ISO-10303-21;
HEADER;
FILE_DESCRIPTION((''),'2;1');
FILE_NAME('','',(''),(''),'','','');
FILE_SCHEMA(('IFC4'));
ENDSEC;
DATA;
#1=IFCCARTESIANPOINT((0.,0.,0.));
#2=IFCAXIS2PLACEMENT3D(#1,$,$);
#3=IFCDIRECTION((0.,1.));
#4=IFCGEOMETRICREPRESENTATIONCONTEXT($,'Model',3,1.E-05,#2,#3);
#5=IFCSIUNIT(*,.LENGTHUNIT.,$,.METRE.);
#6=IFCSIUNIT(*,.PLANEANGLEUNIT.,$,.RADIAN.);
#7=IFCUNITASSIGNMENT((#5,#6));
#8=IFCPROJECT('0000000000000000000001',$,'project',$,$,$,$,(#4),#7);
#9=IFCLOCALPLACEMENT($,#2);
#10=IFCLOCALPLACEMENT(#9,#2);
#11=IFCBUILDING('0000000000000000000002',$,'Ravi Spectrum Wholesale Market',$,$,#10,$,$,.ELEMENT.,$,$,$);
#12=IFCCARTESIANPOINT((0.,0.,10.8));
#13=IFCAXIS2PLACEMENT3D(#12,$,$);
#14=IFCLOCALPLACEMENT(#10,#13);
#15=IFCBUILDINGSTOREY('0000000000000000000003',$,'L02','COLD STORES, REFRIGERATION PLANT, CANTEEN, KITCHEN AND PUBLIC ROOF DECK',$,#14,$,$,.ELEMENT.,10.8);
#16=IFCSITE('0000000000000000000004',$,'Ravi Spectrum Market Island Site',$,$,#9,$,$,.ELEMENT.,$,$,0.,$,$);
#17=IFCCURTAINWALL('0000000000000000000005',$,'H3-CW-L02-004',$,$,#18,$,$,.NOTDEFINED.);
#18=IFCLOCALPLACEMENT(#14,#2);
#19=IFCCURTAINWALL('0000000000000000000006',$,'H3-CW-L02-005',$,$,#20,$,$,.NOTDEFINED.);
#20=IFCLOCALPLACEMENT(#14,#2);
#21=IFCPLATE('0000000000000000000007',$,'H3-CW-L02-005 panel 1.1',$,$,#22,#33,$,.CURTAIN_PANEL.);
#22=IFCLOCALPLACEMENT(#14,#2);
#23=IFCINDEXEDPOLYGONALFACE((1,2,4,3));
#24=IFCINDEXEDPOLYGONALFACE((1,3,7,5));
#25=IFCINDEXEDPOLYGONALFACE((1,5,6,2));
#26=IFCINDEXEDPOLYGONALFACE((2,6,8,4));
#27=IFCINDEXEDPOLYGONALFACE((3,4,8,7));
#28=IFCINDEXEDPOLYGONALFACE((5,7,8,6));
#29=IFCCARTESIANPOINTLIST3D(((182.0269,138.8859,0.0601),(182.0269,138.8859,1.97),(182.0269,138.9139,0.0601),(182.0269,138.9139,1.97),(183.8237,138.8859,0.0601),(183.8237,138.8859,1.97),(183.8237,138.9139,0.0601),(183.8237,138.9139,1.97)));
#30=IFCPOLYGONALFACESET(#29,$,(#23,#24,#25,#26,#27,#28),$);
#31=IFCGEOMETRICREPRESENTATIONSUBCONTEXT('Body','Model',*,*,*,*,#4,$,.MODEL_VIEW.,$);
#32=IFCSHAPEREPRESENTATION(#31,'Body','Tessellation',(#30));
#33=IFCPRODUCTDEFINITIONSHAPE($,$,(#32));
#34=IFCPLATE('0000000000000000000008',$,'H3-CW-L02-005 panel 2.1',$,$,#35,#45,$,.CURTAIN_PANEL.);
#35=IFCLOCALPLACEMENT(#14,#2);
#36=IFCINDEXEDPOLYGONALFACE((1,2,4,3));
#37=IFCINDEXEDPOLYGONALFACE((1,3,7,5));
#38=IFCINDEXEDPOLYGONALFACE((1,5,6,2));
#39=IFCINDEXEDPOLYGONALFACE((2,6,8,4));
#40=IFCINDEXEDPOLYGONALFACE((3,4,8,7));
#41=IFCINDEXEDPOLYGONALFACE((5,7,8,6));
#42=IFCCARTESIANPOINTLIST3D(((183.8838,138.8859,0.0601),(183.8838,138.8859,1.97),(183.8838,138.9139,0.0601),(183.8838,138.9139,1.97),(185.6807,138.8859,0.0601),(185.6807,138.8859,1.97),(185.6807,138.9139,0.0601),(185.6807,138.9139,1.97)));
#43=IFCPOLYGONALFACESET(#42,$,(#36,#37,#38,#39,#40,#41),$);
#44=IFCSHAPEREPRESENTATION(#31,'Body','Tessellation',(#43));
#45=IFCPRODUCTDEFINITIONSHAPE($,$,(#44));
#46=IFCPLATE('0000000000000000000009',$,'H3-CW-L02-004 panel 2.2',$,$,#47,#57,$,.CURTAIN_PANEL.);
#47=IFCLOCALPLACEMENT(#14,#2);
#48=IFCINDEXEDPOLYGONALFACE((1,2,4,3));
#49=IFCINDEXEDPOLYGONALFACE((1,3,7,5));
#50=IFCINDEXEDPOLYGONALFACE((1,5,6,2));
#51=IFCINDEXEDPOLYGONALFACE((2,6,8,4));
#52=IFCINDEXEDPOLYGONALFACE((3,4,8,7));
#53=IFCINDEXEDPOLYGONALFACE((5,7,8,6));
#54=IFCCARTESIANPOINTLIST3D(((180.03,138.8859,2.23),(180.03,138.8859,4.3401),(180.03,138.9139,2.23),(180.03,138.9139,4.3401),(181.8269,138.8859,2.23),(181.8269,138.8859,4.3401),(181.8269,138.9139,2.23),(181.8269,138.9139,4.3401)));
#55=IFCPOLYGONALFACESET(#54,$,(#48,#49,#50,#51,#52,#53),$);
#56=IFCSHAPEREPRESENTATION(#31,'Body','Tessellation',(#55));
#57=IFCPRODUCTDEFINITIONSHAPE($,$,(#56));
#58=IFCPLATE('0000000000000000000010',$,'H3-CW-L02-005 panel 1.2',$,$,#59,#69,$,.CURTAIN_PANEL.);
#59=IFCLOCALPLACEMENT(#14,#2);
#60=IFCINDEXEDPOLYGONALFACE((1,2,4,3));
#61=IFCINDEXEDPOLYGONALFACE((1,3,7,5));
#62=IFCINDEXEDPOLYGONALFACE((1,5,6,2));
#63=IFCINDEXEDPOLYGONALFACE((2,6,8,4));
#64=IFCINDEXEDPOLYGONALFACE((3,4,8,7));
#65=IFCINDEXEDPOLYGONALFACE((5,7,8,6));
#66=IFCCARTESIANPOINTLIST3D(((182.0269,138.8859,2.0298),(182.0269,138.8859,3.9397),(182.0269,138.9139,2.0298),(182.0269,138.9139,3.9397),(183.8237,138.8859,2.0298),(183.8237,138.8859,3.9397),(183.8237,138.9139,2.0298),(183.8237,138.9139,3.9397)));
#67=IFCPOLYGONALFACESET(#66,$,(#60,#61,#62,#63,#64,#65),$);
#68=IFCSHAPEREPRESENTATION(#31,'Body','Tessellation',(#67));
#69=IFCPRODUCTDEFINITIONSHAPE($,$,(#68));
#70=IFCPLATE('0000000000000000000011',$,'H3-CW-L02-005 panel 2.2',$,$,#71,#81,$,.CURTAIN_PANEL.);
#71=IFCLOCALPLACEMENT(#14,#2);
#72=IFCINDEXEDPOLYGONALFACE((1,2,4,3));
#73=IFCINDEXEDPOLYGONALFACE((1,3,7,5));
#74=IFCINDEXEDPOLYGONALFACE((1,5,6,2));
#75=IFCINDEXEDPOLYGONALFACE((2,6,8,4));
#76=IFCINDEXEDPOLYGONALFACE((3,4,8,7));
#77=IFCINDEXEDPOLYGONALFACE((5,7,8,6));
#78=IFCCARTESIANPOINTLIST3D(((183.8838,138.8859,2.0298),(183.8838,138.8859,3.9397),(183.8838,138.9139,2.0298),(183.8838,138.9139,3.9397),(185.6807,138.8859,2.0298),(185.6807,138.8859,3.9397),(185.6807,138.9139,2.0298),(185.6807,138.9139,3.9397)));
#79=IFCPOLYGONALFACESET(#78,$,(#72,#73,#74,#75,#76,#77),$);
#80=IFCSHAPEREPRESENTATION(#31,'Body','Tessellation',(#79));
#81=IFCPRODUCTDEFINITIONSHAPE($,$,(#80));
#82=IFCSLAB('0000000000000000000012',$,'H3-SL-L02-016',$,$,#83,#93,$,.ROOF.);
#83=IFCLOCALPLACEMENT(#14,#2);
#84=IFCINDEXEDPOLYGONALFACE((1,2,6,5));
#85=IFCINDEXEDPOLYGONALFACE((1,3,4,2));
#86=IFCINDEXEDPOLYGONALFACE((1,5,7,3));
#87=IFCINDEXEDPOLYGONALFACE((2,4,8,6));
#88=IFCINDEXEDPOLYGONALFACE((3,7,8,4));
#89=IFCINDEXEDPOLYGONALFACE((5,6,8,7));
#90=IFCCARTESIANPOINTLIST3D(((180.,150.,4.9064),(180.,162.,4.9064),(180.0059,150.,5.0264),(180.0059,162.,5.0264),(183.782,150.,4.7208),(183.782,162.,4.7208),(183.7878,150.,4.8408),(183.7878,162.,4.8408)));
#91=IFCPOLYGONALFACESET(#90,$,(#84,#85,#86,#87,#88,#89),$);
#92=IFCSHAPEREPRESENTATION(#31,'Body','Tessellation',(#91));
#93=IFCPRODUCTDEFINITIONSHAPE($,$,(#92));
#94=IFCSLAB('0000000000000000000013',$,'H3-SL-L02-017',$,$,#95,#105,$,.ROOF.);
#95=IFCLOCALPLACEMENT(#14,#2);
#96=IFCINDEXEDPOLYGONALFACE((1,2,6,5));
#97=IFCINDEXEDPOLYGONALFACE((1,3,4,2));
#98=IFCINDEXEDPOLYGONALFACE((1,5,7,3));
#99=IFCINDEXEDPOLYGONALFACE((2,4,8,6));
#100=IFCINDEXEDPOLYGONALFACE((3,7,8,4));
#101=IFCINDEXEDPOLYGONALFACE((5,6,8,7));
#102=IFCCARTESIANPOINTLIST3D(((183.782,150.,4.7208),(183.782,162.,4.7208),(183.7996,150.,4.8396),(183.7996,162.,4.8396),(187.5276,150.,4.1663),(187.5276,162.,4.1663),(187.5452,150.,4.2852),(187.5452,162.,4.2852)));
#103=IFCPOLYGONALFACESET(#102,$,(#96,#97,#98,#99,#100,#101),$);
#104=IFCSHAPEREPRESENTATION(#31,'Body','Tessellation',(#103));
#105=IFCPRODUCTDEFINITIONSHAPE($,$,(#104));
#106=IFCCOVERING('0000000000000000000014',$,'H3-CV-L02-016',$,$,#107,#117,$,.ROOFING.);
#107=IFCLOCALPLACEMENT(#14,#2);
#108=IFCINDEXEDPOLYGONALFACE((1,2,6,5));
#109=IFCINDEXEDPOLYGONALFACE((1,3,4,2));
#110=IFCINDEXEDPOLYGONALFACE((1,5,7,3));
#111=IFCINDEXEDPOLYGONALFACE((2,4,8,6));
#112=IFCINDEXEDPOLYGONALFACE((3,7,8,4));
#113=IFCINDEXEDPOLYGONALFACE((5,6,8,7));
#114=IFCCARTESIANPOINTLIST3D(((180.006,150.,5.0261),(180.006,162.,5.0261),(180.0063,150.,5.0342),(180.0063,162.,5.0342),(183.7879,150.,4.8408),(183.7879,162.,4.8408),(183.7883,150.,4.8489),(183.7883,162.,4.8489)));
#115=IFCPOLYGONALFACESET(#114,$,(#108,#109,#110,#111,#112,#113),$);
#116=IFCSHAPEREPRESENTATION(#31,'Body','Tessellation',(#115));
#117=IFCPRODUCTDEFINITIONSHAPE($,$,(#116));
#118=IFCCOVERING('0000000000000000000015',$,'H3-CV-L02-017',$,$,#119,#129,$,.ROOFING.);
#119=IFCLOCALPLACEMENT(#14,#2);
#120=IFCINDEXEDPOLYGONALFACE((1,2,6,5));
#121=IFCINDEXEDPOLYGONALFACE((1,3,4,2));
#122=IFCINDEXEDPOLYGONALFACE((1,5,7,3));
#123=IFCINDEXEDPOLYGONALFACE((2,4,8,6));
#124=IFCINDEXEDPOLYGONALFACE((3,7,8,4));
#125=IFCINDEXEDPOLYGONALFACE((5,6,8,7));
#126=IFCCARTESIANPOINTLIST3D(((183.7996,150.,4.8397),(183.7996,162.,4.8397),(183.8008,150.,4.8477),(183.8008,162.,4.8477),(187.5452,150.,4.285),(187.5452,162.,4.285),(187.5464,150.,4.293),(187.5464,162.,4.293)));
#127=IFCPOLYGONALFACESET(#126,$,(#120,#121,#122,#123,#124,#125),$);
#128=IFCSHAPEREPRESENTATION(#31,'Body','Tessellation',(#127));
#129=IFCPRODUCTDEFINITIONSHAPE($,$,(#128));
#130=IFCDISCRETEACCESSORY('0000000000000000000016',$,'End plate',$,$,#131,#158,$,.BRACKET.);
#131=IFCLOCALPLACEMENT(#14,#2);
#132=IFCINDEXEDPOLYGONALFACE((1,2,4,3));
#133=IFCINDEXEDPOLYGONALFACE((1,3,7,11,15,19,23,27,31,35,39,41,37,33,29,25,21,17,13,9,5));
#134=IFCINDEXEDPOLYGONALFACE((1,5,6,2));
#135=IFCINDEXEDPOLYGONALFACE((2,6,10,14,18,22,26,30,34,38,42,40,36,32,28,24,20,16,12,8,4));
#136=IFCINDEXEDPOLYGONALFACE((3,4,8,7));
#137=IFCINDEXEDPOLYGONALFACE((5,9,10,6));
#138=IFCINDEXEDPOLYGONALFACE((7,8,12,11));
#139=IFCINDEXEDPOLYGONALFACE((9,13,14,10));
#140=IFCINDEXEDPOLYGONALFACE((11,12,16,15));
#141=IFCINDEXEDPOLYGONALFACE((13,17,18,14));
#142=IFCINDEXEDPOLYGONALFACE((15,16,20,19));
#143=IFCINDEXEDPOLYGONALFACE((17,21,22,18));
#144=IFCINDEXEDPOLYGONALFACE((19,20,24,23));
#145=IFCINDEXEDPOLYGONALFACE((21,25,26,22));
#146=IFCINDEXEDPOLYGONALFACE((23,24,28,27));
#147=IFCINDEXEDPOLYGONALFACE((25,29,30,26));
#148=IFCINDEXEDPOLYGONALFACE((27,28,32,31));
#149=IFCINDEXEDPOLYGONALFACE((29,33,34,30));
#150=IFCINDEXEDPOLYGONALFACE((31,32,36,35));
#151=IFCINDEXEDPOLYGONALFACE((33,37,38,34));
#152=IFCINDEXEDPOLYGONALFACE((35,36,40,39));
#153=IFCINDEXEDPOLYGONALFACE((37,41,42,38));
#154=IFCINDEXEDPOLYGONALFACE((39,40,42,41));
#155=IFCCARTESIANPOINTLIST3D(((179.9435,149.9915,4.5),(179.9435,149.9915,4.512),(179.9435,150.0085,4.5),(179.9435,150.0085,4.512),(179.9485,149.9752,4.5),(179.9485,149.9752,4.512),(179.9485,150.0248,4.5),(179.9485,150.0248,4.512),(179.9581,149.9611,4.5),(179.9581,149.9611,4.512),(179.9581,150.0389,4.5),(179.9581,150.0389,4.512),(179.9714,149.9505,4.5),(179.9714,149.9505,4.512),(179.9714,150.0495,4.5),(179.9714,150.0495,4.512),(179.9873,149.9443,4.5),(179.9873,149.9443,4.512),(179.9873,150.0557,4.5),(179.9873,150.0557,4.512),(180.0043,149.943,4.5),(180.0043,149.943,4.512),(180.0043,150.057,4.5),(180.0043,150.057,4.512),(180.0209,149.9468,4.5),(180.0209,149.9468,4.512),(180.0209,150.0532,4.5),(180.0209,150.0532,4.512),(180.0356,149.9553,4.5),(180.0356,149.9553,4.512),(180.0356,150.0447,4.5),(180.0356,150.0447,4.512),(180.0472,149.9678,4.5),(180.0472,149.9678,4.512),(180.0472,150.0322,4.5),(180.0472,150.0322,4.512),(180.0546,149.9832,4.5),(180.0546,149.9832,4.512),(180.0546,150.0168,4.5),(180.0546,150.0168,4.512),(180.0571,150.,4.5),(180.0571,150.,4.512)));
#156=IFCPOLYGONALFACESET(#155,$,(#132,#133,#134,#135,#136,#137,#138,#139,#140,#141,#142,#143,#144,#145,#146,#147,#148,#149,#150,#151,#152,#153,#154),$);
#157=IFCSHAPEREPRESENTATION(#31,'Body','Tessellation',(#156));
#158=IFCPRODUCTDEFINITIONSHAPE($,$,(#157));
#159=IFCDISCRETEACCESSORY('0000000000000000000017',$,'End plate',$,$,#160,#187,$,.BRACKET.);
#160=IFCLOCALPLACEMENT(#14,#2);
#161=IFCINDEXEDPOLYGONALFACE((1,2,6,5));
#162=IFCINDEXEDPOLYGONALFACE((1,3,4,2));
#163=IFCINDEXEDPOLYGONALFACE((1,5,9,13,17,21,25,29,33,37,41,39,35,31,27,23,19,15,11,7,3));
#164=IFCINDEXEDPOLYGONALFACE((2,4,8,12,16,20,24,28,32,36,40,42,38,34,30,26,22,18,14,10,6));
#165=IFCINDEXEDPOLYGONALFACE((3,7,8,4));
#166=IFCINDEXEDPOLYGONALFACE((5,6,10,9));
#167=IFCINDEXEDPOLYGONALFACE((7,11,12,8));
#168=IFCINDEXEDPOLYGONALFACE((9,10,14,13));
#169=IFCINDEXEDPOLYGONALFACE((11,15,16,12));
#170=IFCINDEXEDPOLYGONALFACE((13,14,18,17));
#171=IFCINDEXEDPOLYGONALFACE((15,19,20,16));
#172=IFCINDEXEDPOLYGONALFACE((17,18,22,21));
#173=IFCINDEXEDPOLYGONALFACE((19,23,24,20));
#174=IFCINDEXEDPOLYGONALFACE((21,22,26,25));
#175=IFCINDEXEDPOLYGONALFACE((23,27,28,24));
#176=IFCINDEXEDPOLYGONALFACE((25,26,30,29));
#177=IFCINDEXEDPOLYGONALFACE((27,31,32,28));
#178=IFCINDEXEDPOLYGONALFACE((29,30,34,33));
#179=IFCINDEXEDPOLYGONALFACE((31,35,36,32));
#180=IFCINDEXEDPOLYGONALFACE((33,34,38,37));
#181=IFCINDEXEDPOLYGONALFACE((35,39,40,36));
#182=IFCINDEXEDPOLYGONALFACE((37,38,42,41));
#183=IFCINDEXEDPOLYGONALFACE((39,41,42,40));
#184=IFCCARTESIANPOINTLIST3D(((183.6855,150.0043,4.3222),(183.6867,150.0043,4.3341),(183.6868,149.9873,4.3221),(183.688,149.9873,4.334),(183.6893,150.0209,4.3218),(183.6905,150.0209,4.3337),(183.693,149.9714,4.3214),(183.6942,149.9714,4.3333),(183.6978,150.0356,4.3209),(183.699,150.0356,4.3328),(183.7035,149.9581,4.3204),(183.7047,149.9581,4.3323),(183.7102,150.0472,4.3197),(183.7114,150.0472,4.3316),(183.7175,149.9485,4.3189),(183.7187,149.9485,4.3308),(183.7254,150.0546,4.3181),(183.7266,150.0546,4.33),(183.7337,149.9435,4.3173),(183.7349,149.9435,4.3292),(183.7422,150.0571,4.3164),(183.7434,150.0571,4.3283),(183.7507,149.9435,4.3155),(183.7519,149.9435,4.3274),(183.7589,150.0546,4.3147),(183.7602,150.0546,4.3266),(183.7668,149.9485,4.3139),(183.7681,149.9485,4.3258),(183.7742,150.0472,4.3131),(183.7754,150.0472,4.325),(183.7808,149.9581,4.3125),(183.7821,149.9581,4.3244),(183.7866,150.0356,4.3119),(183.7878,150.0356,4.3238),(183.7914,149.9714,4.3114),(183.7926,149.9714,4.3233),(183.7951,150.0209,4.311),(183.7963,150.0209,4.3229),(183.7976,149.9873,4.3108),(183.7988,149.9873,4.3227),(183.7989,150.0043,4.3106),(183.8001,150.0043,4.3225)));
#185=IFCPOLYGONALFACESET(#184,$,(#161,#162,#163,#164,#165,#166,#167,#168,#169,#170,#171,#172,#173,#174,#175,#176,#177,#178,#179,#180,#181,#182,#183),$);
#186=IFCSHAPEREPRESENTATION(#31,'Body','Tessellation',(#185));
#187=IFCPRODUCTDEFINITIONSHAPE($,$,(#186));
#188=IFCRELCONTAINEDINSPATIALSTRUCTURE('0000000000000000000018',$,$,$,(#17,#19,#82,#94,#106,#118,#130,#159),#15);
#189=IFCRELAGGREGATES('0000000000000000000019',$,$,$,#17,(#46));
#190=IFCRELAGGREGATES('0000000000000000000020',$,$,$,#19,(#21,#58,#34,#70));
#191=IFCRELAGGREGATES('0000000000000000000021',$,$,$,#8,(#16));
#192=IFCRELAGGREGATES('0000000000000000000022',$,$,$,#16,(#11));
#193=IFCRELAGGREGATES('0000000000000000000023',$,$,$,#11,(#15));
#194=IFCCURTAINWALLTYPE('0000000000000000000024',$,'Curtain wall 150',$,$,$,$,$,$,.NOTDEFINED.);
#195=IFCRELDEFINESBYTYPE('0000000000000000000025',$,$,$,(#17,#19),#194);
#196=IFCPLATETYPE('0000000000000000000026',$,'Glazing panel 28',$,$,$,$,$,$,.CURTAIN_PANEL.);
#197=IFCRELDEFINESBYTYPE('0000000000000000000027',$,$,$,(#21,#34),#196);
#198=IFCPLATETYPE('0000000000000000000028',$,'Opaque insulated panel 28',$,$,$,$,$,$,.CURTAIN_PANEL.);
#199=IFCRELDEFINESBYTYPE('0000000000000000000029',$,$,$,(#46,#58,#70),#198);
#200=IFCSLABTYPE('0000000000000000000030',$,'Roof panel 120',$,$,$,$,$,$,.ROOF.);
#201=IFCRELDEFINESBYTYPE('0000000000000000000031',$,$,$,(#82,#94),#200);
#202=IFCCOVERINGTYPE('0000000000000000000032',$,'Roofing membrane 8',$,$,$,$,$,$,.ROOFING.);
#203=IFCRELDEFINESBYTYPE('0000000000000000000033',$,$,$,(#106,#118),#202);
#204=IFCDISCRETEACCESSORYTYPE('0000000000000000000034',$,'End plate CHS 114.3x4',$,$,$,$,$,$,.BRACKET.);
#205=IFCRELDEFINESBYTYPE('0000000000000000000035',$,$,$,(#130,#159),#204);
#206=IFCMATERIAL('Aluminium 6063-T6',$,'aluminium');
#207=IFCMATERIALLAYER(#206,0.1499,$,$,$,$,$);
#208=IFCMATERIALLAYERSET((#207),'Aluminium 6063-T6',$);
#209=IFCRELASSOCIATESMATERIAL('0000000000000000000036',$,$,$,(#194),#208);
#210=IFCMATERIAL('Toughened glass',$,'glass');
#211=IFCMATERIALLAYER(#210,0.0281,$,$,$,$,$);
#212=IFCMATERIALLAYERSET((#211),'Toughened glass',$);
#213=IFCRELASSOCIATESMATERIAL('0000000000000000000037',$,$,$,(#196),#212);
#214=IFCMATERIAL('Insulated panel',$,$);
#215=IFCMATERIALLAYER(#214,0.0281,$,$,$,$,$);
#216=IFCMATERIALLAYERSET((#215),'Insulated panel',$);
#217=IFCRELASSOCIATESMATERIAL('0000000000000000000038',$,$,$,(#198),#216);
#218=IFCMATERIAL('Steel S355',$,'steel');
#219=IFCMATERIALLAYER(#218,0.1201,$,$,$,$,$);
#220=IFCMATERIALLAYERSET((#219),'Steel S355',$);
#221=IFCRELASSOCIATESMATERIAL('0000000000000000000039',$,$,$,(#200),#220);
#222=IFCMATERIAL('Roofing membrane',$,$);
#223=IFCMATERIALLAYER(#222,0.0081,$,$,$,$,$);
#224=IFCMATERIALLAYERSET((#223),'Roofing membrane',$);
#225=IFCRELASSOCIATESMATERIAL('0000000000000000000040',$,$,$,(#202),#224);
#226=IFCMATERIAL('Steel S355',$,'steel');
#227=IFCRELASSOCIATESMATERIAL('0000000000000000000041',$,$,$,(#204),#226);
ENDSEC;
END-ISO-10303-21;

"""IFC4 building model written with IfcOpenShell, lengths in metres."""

from ifc_helpers import new_model, si_unit, direction, frame, origin, origin_2d, place, context, subcontext, project, spatial, polyline, rectangle, circle, outline, extrude, material, layer, layer_set, material_profile, profile_set, type_object, element, aggregate, save


model = new_model("IFC4")

# Units and contexts
model_context = context("Model", 3, precision=1e-05, world=origin(), true_north=direction((0.0, 1.0)))
body_context = subcontext(model_context, "Body", "Model", "MODEL_VIEW")
ifc_project = project(units=[si_unit("LENGTHUNIT", "METRE"), si_unit("PLANEANGLEUNIT", "RADIAN")], contexts=[model_context])

# Site, building, storey
site_placement = place(None, origin())
site = spatial("IfcSite", under=ifc_project, at=site_placement, Name="Ravi Spectrum Market Island Site", CompositionType="ELEMENT", RefElevation=0.0)
building_placement = place(site_placement, origin())
building = spatial("IfcBuilding", under=site, at=building_placement, Name="Ravi Spectrum Wholesale Market", CompositionType="ELEMENT")
storey_placement = place(building_placement, frame((0.0, 0.0, 10.8)))
storey = spatial("IfcBuildingStorey", under=building, at=storey_placement, Name="L02", Description="COLD STORES, REFRIGERATION PLANT, CANTEEN, KITCHEN AND PUBLIC ROOF DECK", CompositionType="ELEMENT", Elevation=10.8)

# Curtain wall
ifc_material_1 = material(Name="Aluminium 6063-T6", Category="aluminium")
ifc_layer_1 = layer(ifc_material_1, 0.1499)
ifc_layer_set_1 = layer_set([ifc_layer_1], Name="Aluminium 6063-T6")
curtain_wall_type = type_object("IfcCurtainWallType", Name="Curtain wall 150", PredefinedType="NOTDEFINED", material=ifc_layer_set_1)
curtain_wall_1_placement = place(storey_placement, origin())
curtain_wall_1 = element("IfcCurtainWall", 1, at=curtain_wall_1_placement, inside=storey, type_object=curtain_wall_type, Name="H3-CW-L02-004", PredefinedType="NOTDEFINED")

# Curtain wall
curtain_wall_2_placement = place(storey_placement, origin())
curtain_wall_2 = element("IfcCurtainWall", 2, at=curtain_wall_2_placement, inside=storey, type_object=curtain_wall_type, Name="H3-CW-L02-005", PredefinedType="NOTDEFINED")

# Plates
ifc_material_2 = material(Name="Toughened glass", Category="glass")
ifc_layer_2 = layer(ifc_material_2, 0.0281)
ifc_layer_set_2 = layer_set([ifc_layer_2], Name="Toughened glass")
plate_type_1 = type_object("IfcPlateType", Name="Glazing panel 28", PredefinedType="CURTAIN_PANEL", material=ifc_layer_set_2)
plate_1_placement = place(storey_placement, frame((182.9253, 138.8999, 0.0601), z_axis=(0.0, 0.0, 1.0), x_axis=(1.0, 0.0, 0.0)))
plate_1 = element("IfcPlate", 3, at=plate_1_placement, type_object=plate_type_1, Name="H3-CW-L02-005 panel 1.1", PredefinedType="CURTAIN_PANEL", context=body_context, shape_type="SweptSolid", body=[
    extrude(rectangle(XDim=1.7969, YDim=0.0281, at=origin_2d()), origin(), (0.0, 0.0, 1.0), 1.9099),
])
plate_2_placement = place(storey_placement, frame((184.7822, 138.8999, 0.0601), z_axis=(0.0, 0.0, 1.0), x_axis=(1.0, 0.0, 0.0)))
plate_2 = element("IfcPlate", 4, at=plate_2_placement, type_object=plate_type_1, Name="H3-CW-L02-005 panel 2.1", PredefinedType="CURTAIN_PANEL", context=body_context, shape_type="SweptSolid", body=[
    extrude(rectangle(XDim=1.7969, YDim=0.0281, at=origin_2d()), origin(), (0.0, 0.0, 1.0), 1.9099),
])
ifc_material_3 = material(Name="Insulated panel")
ifc_layer_3 = layer(ifc_material_3, 0.0281)
ifc_layer_set_3 = layer_set([ifc_layer_3], Name="Insulated panel")
plate_type_2 = type_object("IfcPlateType", Name="Opaque insulated panel 28", PredefinedType="CURTAIN_PANEL", material=ifc_layer_set_3)
plate_3_placement = place(storey_placement, frame((180.9285, 138.8999, 2.23), z_axis=(0.0, 0.0, 1.0), x_axis=(1.0, 0.0, 0.0)))
plate_3 = element("IfcPlate", 5, at=plate_3_placement, type_object=plate_type_2, Name="H3-CW-L02-004 panel 2.2", PredefinedType="CURTAIN_PANEL", context=body_context, shape_type="SweptSolid", body=[
    extrude(rectangle(XDim=1.7969, YDim=0.0281, at=origin_2d()), origin(), (0.0, 0.0, 1.0), 2.1101),
])
aggregate(curtain_wall_1, [plate_3])
plate_4_placement = place(storey_placement, frame((182.9253, 138.8999, 2.0298), z_axis=(0.0, 0.0, 1.0), x_axis=(1.0, 0.0, 0.0)))
plate_4 = element("IfcPlate", 6, at=plate_4_placement, type_object=plate_type_2, Name="H3-CW-L02-005 panel 1.2", PredefinedType="CURTAIN_PANEL", context=body_context, shape_type="SweptSolid", body=[
    extrude(rectangle(XDim=1.7969, YDim=0.0281, at=origin_2d()), origin(), (0.0, 0.0, 1.0), 1.9099),
])
plate_5_placement = place(storey_placement, frame((184.7822, 138.8999, 2.0298), z_axis=(0.0, 0.0, 1.0), x_axis=(1.0, 0.0, 0.0)))
plate_5 = element("IfcPlate", 7, at=plate_5_placement, type_object=plate_type_2, Name="H3-CW-L02-005 panel 2.2", PredefinedType="CURTAIN_PANEL", context=body_context, shape_type="SweptSolid", body=[
    extrude(rectangle(XDim=1.7969, YDim=0.0281, at=origin_2d()), origin(), (0.0, 0.0, 1.0), 1.9099),
])
aggregate(curtain_wall_2, [plate_1, plate_4, plate_2, plate_5])

# Slabs
ifc_material_4 = material(Name="Steel S355", Category="steel")
ifc_layer_4 = layer(ifc_material_4, 0.1201)
ifc_layer_set_4 = layer_set([ifc_layer_4], Name="Steel S355")
slab_type = type_object("IfcSlabType", Name="Roof panel 120", PredefinedType="ROOF", material=ifc_layer_set_4)
slab_1_placement = place(storey_placement, frame((180.0059, 150.0, 5.0264), z_axis=(0.049002, 0.0, 0.998799), x_axis=(0.998799, 0.0, -0.049002)))
element("IfcSlab", 8, at=slab_1_placement, inside=storey, type_object=slab_type, Name="H3-SL-L02-016", PredefinedType="ROOF", context=body_context, shape_type="SweptSolid", body=[
    extrude(outline(polyline([(0.0, 0.0), (3.7865, 0.0), (3.7865, 12.0), (0.0, 12.0), (0.0, 0.0)])), origin(), (0.0, 0.0, -1.0), 0.1201),
])
slab_2_placement = place(storey_placement, frame((183.7996, 150.0, 4.8396), z_axis=(0.146429, 0.0, 0.989221), x_axis=(0.989221, 0.0, -0.146429)))
element("IfcSlab", 9, at=slab_2_placement, inside=storey, type_object=slab_type, Name="H3-SL-L02-017", PredefinedType="ROOF", context=body_context, shape_type="SweptSolid", body=[
    extrude(outline(polyline([(0.0, 0.0), (3.7864, 0.0), (3.7864, 12.0), (0.0, 12.0), (0.0, 0.0)])), origin(), (0.0, 0.0, -1.0), 0.1201),
])

# Coverings
ifc_material_5 = material(Name="Roofing membrane")
ifc_layer_5 = layer(ifc_material_5, 0.0081)
ifc_layer_set_5 = layer_set([ifc_layer_5], Name="Roofing membrane")
covering_type = type_object("IfcCoveringType", Name="Roofing membrane 8", PredefinedType="ROOFING", material=ifc_layer_set_5)
covering_1_placement = place(storey_placement, frame((180.0063, 150.0, 5.0342), z_axis=(0.048937, 0.0, 0.998802), x_axis=(0.998802, 0.0, -0.048937)))
element("IfcCovering", 10, at=covering_1_placement, inside=storey, type_object=covering_type, Name="H3-CV-L02-016", PredefinedType="ROOFING", context=body_context, shape_type="SweptSolid", body=[
    extrude(outline(polyline([(0.0, 0.0), (3.7865, 0.0), (3.7865, 12.0), (0.0, 12.0), (0.0, 0.0)])), origin(), (0.0, 0.0, -1.0), 0.0081),
])
covering_2_placement = place(storey_placement, frame((183.8008, 150.0, 4.8477), z_axis=(0.146493, 0.0, 0.989212), x_axis=(0.989212, 0.0, -0.146493)))
element("IfcCovering", 11, at=covering_2_placement, inside=storey, type_object=covering_type, Name="H3-CV-L02-017", PredefinedType="ROOFING", context=body_context, shape_type="SweptSolid", body=[
    extrude(outline(polyline([(0.0, 0.0), (3.7865, 0.0), (3.7865, 12.0), (0.0, 12.0), (0.0, 0.0)])), origin(), (0.0, 0.0, -1.0), 0.0081),
])

# Discrete accessories
ifc_material_6 = material(Name="Steel S355", Category="steel")
ifc_material_profile_1 = material_profile(ifc_material_6, circle(Radius=0.0571, at=origin_2d()))
ifc_profile_set_1 = profile_set([ifc_material_profile_1], Name="Steel S355")
discrete_accessory_type_1 = type_object("IfcDiscreteAccessoryType", Name="End plate CHS 114.3x4", PredefinedType="BRACKET", material=ifc_profile_set_1)
for number, where, z_axis, x_axis, name in (
    (12, (180.0, 150.0, 4.5), (0.0, 0.0, 1.0), (1.0, 0.0, 0.0), "End plate"),
    (13, (183.7422, 150.0, 4.3164), (0.101514, 0.0, 0.994834), (0.0, 1.0, 0.0), "End plate"),
):
    element("IfcDiscreteAccessory", number, at=place(storey_placement, frame(where, z_axis=z_axis, x_axis=x_axis)), inside=storey, type_object=discrete_accessory_type_1, Name=name, PredefinedType="BRACKET", context=body_context, shape_type="SweptSolid", body=[
        extrude(circle(Radius=0.0571, at=origin_2d()), origin(), (0.0, 0.0, 1.0), 0.012),
    ])

save(model, "model.ifc")
